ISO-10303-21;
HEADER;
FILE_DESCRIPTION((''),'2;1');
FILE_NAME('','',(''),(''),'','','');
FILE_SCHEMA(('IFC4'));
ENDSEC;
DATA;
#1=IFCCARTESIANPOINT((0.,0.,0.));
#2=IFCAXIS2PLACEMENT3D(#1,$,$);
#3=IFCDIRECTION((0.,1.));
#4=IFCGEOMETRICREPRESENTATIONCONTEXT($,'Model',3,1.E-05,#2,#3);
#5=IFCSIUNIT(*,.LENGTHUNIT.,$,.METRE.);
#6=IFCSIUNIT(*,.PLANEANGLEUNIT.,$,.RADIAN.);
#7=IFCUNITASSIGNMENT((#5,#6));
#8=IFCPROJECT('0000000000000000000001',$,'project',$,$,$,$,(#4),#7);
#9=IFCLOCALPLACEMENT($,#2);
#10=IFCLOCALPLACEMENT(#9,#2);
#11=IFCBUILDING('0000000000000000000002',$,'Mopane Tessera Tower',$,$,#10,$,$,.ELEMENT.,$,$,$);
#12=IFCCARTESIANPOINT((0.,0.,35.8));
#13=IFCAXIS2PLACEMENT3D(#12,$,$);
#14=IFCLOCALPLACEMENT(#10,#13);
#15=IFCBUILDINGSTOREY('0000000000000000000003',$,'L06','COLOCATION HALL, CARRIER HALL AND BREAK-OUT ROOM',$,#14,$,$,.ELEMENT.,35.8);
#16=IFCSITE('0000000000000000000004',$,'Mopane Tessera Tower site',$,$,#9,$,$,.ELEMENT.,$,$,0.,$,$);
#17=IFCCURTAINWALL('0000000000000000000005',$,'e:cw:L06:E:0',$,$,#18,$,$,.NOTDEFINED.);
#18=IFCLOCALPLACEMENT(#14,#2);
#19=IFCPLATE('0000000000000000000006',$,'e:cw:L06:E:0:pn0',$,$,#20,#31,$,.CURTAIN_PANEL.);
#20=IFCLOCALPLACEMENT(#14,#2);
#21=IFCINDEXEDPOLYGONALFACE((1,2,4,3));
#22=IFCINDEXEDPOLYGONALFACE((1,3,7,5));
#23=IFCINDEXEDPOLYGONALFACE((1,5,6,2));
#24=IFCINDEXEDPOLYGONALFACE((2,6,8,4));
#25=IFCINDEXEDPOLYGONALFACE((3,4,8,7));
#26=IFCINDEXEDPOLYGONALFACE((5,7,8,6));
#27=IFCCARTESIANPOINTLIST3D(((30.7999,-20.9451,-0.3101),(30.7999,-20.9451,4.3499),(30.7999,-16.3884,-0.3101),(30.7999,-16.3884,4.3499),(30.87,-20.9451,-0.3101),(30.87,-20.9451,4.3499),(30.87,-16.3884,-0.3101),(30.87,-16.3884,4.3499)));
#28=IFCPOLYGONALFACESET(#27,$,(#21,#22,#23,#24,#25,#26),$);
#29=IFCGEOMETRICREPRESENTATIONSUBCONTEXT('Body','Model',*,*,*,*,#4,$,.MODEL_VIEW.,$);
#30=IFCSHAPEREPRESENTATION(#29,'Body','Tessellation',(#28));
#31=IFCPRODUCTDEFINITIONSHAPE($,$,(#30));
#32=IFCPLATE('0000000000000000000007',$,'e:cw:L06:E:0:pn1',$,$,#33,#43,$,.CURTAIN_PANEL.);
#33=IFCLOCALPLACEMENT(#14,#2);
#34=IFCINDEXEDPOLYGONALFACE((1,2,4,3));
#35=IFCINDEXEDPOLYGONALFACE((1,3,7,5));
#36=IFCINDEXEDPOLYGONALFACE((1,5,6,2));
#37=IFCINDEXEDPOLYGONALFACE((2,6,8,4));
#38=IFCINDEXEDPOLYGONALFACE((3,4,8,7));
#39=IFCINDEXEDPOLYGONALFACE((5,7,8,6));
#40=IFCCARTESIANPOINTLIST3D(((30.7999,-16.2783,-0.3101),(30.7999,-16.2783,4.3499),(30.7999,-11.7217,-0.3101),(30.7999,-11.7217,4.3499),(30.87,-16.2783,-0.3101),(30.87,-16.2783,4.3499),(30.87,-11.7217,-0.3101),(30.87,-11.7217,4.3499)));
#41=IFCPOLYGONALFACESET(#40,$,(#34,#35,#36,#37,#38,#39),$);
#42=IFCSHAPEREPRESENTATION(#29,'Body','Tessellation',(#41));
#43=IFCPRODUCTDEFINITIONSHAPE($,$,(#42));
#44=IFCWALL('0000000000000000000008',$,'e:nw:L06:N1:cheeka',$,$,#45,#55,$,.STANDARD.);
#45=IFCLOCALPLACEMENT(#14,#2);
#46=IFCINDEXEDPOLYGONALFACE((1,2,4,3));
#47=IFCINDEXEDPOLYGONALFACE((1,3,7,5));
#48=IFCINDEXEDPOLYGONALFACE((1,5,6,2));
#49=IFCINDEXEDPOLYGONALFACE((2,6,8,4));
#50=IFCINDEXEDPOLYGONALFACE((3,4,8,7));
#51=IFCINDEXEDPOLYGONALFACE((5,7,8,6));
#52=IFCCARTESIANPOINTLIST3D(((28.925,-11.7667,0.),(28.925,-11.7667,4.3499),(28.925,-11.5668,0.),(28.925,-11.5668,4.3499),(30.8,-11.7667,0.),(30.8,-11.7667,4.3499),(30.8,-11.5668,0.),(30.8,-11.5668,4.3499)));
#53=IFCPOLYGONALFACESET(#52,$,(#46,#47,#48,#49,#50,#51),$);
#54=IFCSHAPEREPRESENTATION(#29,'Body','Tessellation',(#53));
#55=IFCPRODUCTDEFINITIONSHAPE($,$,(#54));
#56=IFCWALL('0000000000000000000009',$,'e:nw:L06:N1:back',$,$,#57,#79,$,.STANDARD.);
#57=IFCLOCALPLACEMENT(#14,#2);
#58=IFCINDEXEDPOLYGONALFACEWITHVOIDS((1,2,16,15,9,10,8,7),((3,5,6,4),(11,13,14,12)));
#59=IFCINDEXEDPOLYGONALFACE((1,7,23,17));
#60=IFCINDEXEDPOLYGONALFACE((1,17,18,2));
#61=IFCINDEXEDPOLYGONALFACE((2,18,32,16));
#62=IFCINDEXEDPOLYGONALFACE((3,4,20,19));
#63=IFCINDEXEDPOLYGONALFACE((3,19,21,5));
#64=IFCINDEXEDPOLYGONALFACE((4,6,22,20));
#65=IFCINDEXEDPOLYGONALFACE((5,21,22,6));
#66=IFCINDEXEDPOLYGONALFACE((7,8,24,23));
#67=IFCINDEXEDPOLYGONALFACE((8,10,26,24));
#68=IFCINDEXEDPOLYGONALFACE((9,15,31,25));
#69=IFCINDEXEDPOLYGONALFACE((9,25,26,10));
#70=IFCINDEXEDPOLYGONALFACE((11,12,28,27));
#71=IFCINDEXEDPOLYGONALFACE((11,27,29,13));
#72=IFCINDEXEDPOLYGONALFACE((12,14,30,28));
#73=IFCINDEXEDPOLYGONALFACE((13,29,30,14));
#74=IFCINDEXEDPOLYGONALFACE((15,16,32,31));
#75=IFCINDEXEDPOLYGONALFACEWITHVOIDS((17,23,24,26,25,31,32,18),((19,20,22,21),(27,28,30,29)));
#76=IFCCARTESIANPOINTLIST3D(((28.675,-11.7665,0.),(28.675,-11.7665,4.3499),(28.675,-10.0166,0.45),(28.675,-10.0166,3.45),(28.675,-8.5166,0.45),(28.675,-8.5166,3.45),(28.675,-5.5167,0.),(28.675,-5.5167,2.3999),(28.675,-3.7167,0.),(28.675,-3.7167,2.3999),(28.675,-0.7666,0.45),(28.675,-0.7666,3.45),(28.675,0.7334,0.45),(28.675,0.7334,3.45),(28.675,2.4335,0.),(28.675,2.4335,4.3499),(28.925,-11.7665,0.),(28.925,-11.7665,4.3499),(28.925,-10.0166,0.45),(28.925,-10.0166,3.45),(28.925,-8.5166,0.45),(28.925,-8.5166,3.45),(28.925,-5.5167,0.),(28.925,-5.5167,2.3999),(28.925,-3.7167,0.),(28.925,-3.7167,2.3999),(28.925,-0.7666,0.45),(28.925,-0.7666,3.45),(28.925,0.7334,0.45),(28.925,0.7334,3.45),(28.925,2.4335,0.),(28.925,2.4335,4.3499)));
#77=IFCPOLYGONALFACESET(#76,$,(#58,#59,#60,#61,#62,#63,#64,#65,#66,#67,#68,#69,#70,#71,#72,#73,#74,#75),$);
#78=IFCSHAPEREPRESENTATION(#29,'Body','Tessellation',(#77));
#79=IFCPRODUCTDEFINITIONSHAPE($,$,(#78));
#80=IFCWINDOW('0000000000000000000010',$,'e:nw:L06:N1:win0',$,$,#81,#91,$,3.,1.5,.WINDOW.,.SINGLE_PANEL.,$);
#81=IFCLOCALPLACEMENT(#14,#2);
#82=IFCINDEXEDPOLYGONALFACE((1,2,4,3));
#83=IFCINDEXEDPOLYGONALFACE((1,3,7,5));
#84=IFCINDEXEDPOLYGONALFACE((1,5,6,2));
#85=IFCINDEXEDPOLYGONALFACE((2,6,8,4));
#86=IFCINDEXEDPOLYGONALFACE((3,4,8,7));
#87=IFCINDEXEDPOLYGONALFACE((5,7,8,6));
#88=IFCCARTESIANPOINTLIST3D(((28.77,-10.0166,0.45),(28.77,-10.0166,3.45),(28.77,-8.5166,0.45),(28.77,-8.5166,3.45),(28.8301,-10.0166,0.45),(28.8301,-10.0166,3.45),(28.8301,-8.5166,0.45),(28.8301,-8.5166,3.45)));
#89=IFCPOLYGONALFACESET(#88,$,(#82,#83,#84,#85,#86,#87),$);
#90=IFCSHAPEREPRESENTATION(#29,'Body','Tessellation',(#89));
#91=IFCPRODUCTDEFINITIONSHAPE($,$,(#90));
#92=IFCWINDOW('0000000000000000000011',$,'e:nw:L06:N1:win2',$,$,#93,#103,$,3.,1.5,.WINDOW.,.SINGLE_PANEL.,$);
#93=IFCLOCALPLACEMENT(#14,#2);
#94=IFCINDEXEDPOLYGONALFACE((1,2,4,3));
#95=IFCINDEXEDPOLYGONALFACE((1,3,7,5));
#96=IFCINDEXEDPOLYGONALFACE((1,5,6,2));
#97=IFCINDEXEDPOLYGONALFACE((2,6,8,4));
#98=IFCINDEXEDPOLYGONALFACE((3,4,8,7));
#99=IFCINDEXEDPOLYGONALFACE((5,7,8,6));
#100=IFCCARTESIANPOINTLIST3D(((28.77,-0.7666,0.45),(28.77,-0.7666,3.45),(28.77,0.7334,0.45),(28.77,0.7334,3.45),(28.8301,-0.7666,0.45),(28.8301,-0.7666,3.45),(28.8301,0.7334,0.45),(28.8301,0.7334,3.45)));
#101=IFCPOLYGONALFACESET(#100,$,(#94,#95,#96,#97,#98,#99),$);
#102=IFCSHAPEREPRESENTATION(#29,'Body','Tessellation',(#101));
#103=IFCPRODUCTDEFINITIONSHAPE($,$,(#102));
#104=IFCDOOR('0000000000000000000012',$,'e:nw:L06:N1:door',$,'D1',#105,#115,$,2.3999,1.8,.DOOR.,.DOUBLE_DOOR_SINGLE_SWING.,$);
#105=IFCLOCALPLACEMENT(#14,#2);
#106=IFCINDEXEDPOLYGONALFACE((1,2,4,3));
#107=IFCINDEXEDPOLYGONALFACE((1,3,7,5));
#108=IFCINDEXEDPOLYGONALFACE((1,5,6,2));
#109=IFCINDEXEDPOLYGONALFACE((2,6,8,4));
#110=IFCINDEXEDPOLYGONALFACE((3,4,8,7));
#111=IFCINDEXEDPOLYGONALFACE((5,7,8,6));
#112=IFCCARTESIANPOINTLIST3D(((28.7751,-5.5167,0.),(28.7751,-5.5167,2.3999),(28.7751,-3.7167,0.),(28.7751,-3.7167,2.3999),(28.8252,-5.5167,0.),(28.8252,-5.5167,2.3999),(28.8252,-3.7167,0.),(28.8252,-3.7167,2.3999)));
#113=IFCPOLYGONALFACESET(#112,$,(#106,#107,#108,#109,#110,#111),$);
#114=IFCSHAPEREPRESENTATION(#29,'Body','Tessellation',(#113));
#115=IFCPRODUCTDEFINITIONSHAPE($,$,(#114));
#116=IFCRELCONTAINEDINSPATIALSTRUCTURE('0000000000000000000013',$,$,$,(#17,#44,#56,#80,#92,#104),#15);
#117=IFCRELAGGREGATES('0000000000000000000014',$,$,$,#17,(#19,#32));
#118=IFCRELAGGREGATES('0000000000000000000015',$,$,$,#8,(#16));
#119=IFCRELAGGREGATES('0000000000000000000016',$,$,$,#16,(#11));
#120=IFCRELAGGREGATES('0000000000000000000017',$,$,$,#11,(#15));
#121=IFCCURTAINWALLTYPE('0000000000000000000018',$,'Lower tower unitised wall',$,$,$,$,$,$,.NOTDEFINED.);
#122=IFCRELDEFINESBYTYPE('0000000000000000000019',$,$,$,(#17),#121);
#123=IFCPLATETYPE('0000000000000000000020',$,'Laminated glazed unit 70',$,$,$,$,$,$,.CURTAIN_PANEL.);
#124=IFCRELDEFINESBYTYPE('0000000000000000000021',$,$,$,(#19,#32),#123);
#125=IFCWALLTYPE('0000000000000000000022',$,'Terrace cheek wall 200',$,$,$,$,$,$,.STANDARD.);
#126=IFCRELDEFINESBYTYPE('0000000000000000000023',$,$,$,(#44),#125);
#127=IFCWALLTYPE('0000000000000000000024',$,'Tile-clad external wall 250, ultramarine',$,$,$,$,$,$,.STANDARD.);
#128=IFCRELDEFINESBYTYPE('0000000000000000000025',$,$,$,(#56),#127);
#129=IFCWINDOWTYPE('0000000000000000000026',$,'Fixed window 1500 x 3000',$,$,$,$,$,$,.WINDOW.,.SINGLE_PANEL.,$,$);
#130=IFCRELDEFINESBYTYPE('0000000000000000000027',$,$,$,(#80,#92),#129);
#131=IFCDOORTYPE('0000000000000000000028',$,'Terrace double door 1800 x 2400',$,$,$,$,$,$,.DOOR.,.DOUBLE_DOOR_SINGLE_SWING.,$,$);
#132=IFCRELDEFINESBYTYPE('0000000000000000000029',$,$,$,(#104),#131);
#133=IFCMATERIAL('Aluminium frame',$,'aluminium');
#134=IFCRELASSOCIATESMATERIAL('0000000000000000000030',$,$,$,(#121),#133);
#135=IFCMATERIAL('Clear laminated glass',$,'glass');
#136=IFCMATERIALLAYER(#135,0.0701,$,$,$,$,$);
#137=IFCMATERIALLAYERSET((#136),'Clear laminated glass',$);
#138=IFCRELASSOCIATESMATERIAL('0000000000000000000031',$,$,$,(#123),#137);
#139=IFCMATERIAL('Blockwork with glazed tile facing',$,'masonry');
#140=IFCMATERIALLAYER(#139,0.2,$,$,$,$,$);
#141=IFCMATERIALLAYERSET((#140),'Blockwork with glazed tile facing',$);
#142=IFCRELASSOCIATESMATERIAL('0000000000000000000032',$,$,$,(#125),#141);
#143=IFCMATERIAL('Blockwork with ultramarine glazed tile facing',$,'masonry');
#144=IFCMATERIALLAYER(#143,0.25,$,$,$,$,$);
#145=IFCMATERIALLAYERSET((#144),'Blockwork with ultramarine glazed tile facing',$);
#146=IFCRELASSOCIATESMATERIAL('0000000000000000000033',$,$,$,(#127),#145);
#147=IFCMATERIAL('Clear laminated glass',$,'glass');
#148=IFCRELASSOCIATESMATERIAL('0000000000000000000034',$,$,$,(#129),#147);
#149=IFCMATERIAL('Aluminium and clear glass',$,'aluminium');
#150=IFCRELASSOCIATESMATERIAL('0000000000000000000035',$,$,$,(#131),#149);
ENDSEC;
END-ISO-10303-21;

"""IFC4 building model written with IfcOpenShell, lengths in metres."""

from ifc_helpers import new_model, si_unit, direction, frame, frame_2d, origin, origin_2d, place, context, subcontext, project, spatial, rectangle, extrude, material, layer, layer_set, type_object, element, fill, aggregate, save


model = new_model("IFC4")

# Units and contexts
model_context = context("Model", 3, precision=1e-05, world=origin(), true_north=direction((0.0, 1.0)))
body_context = subcontext(model_context, "Body", "Model", "MODEL_VIEW")
ifc_project = project(units=[si_unit("LENGTHUNIT", "METRE"), si_unit("PLANEANGLEUNIT", "RADIAN")], contexts=[model_context])

# Site, building, storey
site_placement = place(None, origin())
site = spatial("IfcSite", under=ifc_project, at=site_placement, Name="Mopane Tessera Tower site", CompositionType="ELEMENT", RefElevation=0.0)
building_placement = place(site_placement, origin())
building = spatial("IfcBuilding", under=site, at=building_placement, Name="Mopane Tessera Tower", CompositionType="ELEMENT")
storey_placement = place(building_placement, frame((0.0, 0.0, 35.8)))
storey = spatial("IfcBuildingStorey", under=building, at=storey_placement, Name="L06", Description="COLOCATION HALL, CARRIER HALL AND BREAK-OUT ROOM", CompositionType="ELEMENT", Elevation=35.8)

# Curtain wall
ifc_material_1 = material(Name="Aluminium frame", Category="aluminium")
curtain_wall_type = type_object("IfcCurtainWallType", Name="Lower tower unitised wall", PredefinedType="NOTDEFINED", material=ifc_material_1)
curtain_wall_1_placement = place(storey_placement, origin())
curtain_wall_1 = element("IfcCurtainWall", 1, at=curtain_wall_1_placement, inside=storey, type_object=curtain_wall_type, Name="e:cw:L06:E:0", PredefinedType="NOTDEFINED")

# Plates
ifc_material_2 = material(Name="Clear laminated glass", Category="glass")
ifc_layer_1 = layer(ifc_material_2, 0.0701)
ifc_layer_set_1 = layer_set([ifc_layer_1], Name="Clear laminated glass")
plate_type = type_object("IfcPlateType", Name="Laminated glazed unit 70", PredefinedType="CURTAIN_PANEL", material=ifc_layer_set_1)
plate_1_placement = place(storey_placement, frame((30.835, -18.6667, -0.3101), z_axis=(0.0, 0.0, 1.0), x_axis=(0.0, 1.0, 0.0)))
plate_1 = element("IfcPlate", 2, at=plate_1_placement, type_object=plate_type, Name="e:cw:L06:E:0:pn0", PredefinedType="CURTAIN_PANEL", context=body_context, shape_type="SweptSolid", body=[
    extrude(rectangle(XDim=4.5566, YDim=0.0701, at=origin_2d()), origin(), (0.0, 0.0, 1.0), 4.6599),
])
plate_2_placement = place(storey_placement, frame((30.835, -14.0, -0.3101), z_axis=(0.0, 0.0, 1.0), x_axis=(0.0, 1.0, 0.0)))
plate_2 = element("IfcPlate", 3, at=plate_2_placement, type_object=plate_type, Name="e:cw:L06:E:0:pn1", PredefinedType="CURTAIN_PANEL", context=body_context, shape_type="SweptSolid", body=[
    extrude(rectangle(XDim=4.5566, YDim=0.0701, at=origin_2d()), origin(), (0.0, 0.0, 1.0), 4.6599),
])
aggregate(curtain_wall_1, [plate_1, plate_2])

# Wall
ifc_material_3 = material(Name="Blockwork with glazed tile facing", Category="masonry")
ifc_layer_2 = layer(ifc_material_3, 0.2)
ifc_layer_set_2 = layer_set([ifc_layer_2], Name="Blockwork with glazed tile facing")
wall_type_1 = type_object("IfcWallType", Name="Terrace cheek wall 200", PredefinedType="STANDARD", material=ifc_layer_set_2)
wall_1_placement = place(storey_placement, frame((30.8, -11.6667, 0.0), z_axis=(0.0, 0.0, 1.0), x_axis=(-1.0, 0.0, 0.0)))
element("IfcWall", 4, at=wall_1_placement, inside=storey, type_object=wall_type_1, Name="e:nw:L06:N1:cheeka", PredefinedType="STANDARD", context=body_context, shape_type="SweptSolid", body=[
    extrude(rectangle(XDim=1.875, YDim=0.2, at=frame_2d((0.9375, 0.0))), origin(), (0.0, 0.0, 1.0), 4.3499),
])

# Wall, openings, windows, door
ifc_material_4 = material(Name="Blockwork with ultramarine glazed tile facing", Category="masonry")
ifc_layer_3 = layer(ifc_material_4, 0.25)
ifc_layer_set_3 = layer_set([ifc_layer_3], Name="Blockwork with ultramarine glazed tile facing")
wall_type_2 = type_object("IfcWallType", Name="Tile-clad external wall 250, ultramarine", PredefinedType="STANDARD", material=ifc_layer_set_3)
wall_2_placement = place(storey_placement, frame((28.8, -11.7666, 0.0), z_axis=(0.0, 0.0, 1.0), x_axis=(0.0, 1.0, 0.0)))
wall_2 = element("IfcWall", 5, at=wall_2_placement, inside=storey, type_object=wall_type_2, Name="e:nw:L06:N1:back", PredefinedType="STANDARD", context=body_context, shape_type="SweptSolid", body=[
    extrude(rectangle(XDim=14.2, YDim=0.25, at=frame_2d((7.1001, 0.0))), origin(), (0.0, 0.0, 1.0), 4.3499),
])
opening_1_placement = place(wall_2_placement, frame((1.75, 0.0, 0.45)))
opening_1 = element("IfcOpeningElement", 6, at=opening_1_placement, cuts=wall_2, PredefinedType="OPENING", context=body_context, shape_type="SweptSolid", body=[
    extrude(rectangle(XDim=1.5, YDim=3.0, at=frame_2d((0.75, 1.5))), frame((0.0, 0.137, 0.0), z_axis=(0.0, -1.0, 0.0), x_axis=(1.0, 0.0, 0.0)), (0.0, 0.0, 1.0), 0.2739),
])
opening_2_placement = place(wall_2_placement, frame((6.25, 0.0, 0.0)))
opening_2 = element("IfcOpeningElement", 7, at=opening_2_placement, cuts=wall_2, PredefinedType="OPENING", context=body_context, shape_type="SweptSolid", body=[
    extrude(rectangle(XDim=1.8, YDim=2.3999, at=frame_2d((0.8999, 1.2))), frame((0.0, 0.137, 0.0), z_axis=(0.0, -1.0, 0.0), x_axis=(1.0, 0.0, 0.0)), (0.0, 0.0, 1.0), 0.2739),
])
opening_3_placement = place(wall_2_placement, frame((11.0, 0.0, 0.45)))
opening_3 = element("IfcOpeningElement", 8, at=opening_3_placement, cuts=wall_2, PredefinedType="OPENING", context=body_context, shape_type="SweptSolid", body=[
    extrude(rectangle(XDim=1.5, YDim=3.0, at=frame_2d((0.75, 1.5))), frame((0.0, 0.137, 0.0), z_axis=(0.0, -1.0, 0.0), x_axis=(1.0, 0.0, 0.0)), (0.0, 0.0, 1.0), 0.2739),
])
ifc_material_5 = material(Name="Clear laminated glass", Category="glass")
window_type = type_object("IfcWindowType", Name="Fixed window 1500 x 3000", PartitioningType="SINGLE_PANEL", PredefinedType="WINDOW", material=ifc_material_5)
window_1_placement = place(opening_1_placement, origin())
window_1 = element("IfcWindow", 9, at=window_1_placement, inside=storey, type_object=window_type, Name="e:nw:L06:N1:win0", OverallHeight=3.0, OverallWidth=1.5, PartitioningType="SINGLE_PANEL", PredefinedType="WINDOW", context=body_context, shape_type="SweptSolid", body=[
    extrude(rectangle(XDim=1.5, YDim=3.0, at=frame_2d((0.75, 1.5))), frame((0.0, 0.03, 0.0), z_axis=(0.0, -1.0, 0.0), x_axis=(1.0, 0.0, 0.0)), (0.0, 0.0, 1.0), 0.0601),
])
fill(opening_1, window_1)
window_2_placement = place(opening_3_placement, origin())
window_2 = element("IfcWindow", 10, at=window_2_placement, inside=storey, type_object=window_type, Name="e:nw:L06:N1:win2", OverallHeight=3.0, OverallWidth=1.5, PartitioningType="SINGLE_PANEL", PredefinedType="WINDOW", context=body_context, shape_type="SweptSolid", body=[
    extrude(rectangle(XDim=1.5, YDim=3.0, at=frame_2d((0.75, 1.5))), frame((0.0, 0.03, 0.0), z_axis=(0.0, -1.0, 0.0), x_axis=(1.0, 0.0, 0.0)), (0.0, 0.0, 1.0), 0.0601),
])
fill(opening_3, window_2)
ifc_material_6 = material(Name="Aluminium and clear glass", Category="aluminium")
door_type = type_object("IfcDoorType", Name="Terrace double door 1800 x 2400", OperationType="DOUBLE_DOOR_SINGLE_SWING", PredefinedType="DOOR", material=ifc_material_6)
door_placement = place(opening_2_placement, origin())
door = element("IfcDoor", 11, at=door_placement, inside=storey, type_object=door_type, Name="e:nw:L06:N1:door", ObjectType="D1", OperationType="DOUBLE_DOOR_SINGLE_SWING", OverallHeight=2.3999, OverallWidth=1.8, PredefinedType="DOOR", context=body_context, shape_type="SweptSolid", body=[
    extrude(rectangle(XDim=1.8, YDim=2.3999, at=frame_2d((0.8999, 1.2))), frame((0.0, 0.0249, 0.0), z_axis=(0.0, -1.0, 0.0), x_axis=(1.0, 0.0, 0.0)), (0.0, 0.0, 1.0), 0.05),
])
fill(opening_2, door)

save(model, "model.ifc")
